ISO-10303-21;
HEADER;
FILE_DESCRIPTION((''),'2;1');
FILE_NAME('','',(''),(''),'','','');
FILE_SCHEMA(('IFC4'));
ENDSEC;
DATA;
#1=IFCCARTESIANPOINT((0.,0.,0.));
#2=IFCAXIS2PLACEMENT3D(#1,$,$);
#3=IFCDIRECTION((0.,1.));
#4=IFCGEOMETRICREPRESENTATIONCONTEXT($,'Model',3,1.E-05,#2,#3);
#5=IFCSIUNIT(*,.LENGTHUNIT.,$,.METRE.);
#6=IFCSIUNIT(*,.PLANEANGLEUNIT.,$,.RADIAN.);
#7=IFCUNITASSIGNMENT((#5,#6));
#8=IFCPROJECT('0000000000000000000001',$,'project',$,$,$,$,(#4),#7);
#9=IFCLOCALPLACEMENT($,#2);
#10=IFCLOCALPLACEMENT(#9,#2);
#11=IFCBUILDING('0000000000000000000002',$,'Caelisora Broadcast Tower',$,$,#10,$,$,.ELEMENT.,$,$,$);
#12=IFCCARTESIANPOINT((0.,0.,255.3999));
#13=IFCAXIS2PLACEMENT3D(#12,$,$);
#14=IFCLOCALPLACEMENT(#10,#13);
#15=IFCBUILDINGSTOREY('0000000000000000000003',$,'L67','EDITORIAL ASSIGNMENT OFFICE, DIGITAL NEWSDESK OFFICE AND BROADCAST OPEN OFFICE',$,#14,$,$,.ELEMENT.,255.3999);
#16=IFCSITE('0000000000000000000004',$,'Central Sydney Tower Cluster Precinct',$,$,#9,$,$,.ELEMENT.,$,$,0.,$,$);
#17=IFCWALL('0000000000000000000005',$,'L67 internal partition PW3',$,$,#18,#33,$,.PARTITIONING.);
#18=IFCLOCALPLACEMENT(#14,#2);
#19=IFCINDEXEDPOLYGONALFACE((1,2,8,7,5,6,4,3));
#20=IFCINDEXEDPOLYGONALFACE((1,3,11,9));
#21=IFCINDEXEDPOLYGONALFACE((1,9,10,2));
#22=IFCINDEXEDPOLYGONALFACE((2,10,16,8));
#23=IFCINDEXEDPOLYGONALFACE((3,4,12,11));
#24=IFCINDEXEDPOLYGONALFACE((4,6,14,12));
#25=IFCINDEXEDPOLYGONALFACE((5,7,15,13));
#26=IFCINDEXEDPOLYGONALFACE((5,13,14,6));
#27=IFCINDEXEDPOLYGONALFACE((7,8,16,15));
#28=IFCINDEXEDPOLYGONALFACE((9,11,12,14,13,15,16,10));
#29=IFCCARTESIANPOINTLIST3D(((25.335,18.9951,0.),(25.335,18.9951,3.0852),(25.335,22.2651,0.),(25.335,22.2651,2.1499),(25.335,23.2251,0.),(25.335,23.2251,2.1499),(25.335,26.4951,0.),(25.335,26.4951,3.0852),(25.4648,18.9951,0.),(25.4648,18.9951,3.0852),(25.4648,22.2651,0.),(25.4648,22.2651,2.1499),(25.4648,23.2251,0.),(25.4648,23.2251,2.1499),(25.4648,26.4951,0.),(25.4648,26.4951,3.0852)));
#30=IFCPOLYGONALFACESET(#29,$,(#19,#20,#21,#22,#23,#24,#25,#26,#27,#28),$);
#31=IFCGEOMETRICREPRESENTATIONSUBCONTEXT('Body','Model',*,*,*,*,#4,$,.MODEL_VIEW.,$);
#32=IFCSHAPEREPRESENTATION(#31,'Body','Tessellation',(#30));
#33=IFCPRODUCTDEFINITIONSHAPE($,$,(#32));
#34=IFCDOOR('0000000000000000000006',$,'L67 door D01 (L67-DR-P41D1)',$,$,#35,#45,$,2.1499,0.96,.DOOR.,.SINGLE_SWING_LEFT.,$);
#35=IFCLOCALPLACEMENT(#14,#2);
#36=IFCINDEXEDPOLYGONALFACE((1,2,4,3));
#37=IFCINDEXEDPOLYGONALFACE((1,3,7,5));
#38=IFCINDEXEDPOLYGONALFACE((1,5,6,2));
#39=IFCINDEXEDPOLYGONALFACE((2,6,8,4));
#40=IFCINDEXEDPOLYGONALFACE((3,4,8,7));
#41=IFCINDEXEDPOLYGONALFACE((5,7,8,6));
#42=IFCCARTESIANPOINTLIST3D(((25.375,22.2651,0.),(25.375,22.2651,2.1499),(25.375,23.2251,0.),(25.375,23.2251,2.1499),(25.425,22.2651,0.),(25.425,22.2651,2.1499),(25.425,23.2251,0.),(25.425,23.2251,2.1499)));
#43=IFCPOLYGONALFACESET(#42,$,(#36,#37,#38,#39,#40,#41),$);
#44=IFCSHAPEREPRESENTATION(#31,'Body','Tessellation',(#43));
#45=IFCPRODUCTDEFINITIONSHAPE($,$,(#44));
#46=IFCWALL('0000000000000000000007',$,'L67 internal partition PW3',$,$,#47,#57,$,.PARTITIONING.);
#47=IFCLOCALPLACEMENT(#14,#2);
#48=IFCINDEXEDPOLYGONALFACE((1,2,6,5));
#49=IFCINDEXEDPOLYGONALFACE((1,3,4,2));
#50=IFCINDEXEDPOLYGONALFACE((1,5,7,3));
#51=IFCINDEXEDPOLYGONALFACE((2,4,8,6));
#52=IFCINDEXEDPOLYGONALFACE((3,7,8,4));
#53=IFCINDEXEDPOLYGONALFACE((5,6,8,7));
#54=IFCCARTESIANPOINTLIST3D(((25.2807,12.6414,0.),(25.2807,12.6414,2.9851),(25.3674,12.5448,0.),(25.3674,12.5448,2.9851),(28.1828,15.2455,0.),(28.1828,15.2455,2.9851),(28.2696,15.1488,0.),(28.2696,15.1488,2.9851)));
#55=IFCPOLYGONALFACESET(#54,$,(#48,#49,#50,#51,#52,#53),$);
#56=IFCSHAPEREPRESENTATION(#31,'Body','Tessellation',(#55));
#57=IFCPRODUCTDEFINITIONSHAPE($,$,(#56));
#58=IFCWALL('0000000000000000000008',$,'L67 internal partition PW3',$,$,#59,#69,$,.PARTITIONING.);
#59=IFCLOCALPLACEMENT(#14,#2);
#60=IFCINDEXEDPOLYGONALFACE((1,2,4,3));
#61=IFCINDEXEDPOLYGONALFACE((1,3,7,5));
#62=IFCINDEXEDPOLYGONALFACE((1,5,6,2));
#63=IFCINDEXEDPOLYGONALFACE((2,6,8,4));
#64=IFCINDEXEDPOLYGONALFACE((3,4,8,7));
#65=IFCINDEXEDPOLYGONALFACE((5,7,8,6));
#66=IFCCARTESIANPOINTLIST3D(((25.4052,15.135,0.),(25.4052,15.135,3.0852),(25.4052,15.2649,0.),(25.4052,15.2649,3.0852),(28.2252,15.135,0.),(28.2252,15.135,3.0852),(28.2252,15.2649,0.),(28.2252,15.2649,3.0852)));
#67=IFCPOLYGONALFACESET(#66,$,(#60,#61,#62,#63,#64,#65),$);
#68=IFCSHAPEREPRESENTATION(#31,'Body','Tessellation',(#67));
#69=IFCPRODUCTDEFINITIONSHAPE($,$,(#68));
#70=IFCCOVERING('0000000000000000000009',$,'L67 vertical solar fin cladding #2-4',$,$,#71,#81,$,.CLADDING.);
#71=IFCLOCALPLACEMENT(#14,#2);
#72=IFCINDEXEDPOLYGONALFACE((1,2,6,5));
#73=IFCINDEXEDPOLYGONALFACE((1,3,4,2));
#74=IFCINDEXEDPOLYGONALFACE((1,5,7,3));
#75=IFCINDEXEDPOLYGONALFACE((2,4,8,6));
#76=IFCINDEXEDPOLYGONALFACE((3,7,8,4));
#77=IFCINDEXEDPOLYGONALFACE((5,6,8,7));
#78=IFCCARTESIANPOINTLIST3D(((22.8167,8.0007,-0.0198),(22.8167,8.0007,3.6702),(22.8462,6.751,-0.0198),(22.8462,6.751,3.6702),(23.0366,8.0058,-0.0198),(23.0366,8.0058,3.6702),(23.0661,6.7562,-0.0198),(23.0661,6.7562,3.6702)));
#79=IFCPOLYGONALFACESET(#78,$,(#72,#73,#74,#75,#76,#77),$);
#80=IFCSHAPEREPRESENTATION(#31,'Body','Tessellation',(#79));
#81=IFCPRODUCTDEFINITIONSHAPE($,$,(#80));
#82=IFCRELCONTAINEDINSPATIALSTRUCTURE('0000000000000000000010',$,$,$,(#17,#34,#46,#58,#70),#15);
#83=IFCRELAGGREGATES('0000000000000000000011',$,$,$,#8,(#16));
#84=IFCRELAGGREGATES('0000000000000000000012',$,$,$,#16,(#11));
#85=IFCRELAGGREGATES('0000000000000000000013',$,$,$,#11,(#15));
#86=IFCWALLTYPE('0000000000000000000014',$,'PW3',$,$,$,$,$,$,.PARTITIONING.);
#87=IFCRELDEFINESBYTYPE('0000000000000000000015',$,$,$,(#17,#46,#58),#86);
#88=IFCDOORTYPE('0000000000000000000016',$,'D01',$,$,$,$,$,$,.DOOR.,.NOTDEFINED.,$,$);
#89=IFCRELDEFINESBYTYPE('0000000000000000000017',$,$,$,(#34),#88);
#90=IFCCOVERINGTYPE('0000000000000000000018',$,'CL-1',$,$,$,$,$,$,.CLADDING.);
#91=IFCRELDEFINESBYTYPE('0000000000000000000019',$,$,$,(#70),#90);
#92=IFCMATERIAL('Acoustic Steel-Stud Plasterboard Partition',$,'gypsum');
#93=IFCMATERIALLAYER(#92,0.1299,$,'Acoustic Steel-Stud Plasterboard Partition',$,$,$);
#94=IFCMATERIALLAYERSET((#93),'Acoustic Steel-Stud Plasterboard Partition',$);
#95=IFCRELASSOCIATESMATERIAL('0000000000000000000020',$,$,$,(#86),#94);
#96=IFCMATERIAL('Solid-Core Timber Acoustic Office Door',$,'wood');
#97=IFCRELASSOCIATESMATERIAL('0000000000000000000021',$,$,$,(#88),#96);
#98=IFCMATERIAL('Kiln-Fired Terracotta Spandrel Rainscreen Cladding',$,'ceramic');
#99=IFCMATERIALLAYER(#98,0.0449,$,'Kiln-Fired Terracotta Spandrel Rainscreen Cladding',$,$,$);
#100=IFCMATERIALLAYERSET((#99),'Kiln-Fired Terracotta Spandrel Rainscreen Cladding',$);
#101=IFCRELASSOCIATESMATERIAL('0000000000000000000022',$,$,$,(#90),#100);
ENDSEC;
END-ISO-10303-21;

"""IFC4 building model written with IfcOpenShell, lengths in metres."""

from ifc_helpers import new_model, si_unit, direction, frame, frame_2d, origin, origin_2d, place, context, subcontext, project, spatial, rectangle, extrude, source, transform, mapped, material, layer, layer_set, type_object, type_shapes, element, fill, save


model = new_model("IFC4")

# Units and contexts
model_context = context("Model", 3, precision=1e-05, world=origin(), true_north=direction((0.0, 1.0)))
body_context = subcontext(model_context, "Body", "Model", "MODEL_VIEW")
ifc_project = project(units=[si_unit("LENGTHUNIT", "METRE"), si_unit("PLANEANGLEUNIT", "RADIAN")], contexts=[model_context])

# Site, building, storey
site_placement = place(None, origin())
site = spatial("IfcSite", under=ifc_project, at=site_placement, Name="Central Sydney Tower Cluster Precinct", CompositionType="ELEMENT", RefElevation=0.0)
building_placement = place(site_placement, origin())
building = spatial("IfcBuilding", under=site, at=building_placement, Name="Caelisora Broadcast Tower", CompositionType="ELEMENT")
storey_placement = place(building_placement, frame((0.0, 0.0, 255.3999)))
storey = spatial("IfcBuildingStorey", under=building, at=storey_placement, Name="L67", Description="EDITORIAL ASSIGNMENT OFFICE, DIGITAL NEWSDESK OFFICE AND BROADCAST OPEN OFFICE", CompositionType="ELEMENT", Elevation=255.3999)

# Wall, opening, door
ifc_material_1 = material(Name="Acoustic Steel-Stud Plasterboard Partition", Category="gypsum")
ifc_layer_1 = layer(ifc_material_1, 0.1299, Name="Acoustic Steel-Stud Plasterboard Partition")
ifc_layer_set_1 = layer_set([ifc_layer_1], Name="Acoustic Steel-Stud Plasterboard Partition")
wall_type = type_object("IfcWallType", Name="PW3", PredefinedType="PARTITIONING", material=ifc_layer_set_1)
ifc_material_2 = material(Name="Solid-Core Timber Acoustic Office Door", Category="wood")
door_type = type_object("IfcDoorType", Name="D01", OperationType="NOTDEFINED", PredefinedType="DOOR", material=ifc_material_2)
wall_1_placement = place(storey_placement, frame((25.3999, 18.9951, 0.0), z_axis=(0.0, 0.0, 1.0), x_axis=(0.0, 1.0, 0.0)))
wall_1 = element("IfcWall", 1, at=wall_1_placement, inside=storey, type_object=wall_type, Name="L67 internal partition PW3", PredefinedType="PARTITIONING", context=body_context, shape_type="SweptSolid", body=[
    extrude(rectangle(XDim=7.5, YDim=0.1299, at=frame_2d((3.75, 0.0))), origin(), (0.0, 0.0, 1.0), 3.0852),
])
opening_1_placement = place(wall_1_placement, frame((3.27, 0.0, 0.0)))
opening_1 = element("IfcOpeningElement", 2, at=opening_1_placement, cuts=wall_1, PredefinedType="OPENING", context=body_context, shape_type="SweptSolid", body=[
    extrude(rectangle(XDim=0.96, YDim=2.1499, at=frame_2d((0.48, 1.075))), frame((0.0, 0.0769, 0.0), z_axis=(0.0, -1.0, 0.0), x_axis=(1.0, 0.0, 0.0)), (0.0, 0.0, 1.0), 0.1538),
])
door_1_placement = place(opening_1_placement, origin())
door_1 = element("IfcDoor", 3, at=door_1_placement, inside=storey, type_object=door_type, Name="L67 door D01 (L67-DR-P41D1)", OperationType="SINGLE_SWING_LEFT", OverallHeight=2.1499, OverallWidth=0.96, PredefinedType="DOOR", context=body_context, shape_type="SweptSolid", body=[
    extrude(rectangle(XDim=0.96, YDim=2.1499, at=frame_2d((0.48, 1.075))), frame((0.0, 0.0249, 0.0), z_axis=(0.0, -1.0, 0.0), x_axis=(1.0, 0.0, 0.0)), (0.0, 0.0, 1.0), 0.05),
])
fill(opening_1, door_1)

# Wall
wall_2_placement = place(storey_placement, frame((25.324, 12.593, 0.0), z_axis=(0.0, 0.0, 1.0), x_axis=(0.744299, 0.667847, 0.0)))
element("IfcWall", 4, at=wall_2_placement, inside=storey, type_object=wall_type, Name="L67 internal partition PW3", PredefinedType="PARTITIONING", context=body_context, shape_type="SweptSolid", body=[
    extrude(rectangle(XDim=3.8992, YDim=0.1299, at=frame_2d((1.9497, 0.0))), origin(), (0.0, 0.0, 1.0), 2.9851),
])

# Wall
wall_3_placement = place(storey_placement, frame((25.405, 15.2, 0.0), z_axis=(0.0, 0.0, 1.0), x_axis=(1.0, 0.0, 0.0)))
element("IfcWall", 5, at=wall_3_placement, inside=storey, type_object=wall_type, Name="L67 internal partition PW3", PredefinedType="PARTITIONING", context=body_context, shape_type="SweptSolid", body=[
    extrude(rectangle(XDim=2.8201, YDim=0.1299, at=frame_2d((1.4102, 0.0))), origin(), (0.0, 0.0, 1.0), 3.0852),
])

# Covering
ifc_material_3 = material(Name="Kiln-Fired Terracotta Spandrel Rainscreen Cladding", Category="ceramic")
ifc_layer_2 = layer(ifc_material_3, 0.0449, Name="Kiln-Fired Terracotta Spandrel Rainscreen Cladding")
ifc_layer_set_2 = layer_set([ifc_layer_2], Name="Kiln-Fired Terracotta Spandrel Rainscreen Cladding")
covering_type = type_object("IfcCoveringType", Name="CL-1", PredefinedType="CLADDING", material=ifc_layer_set_2)
shared_shape_1 = source(origin(), body_context, "Body", "SweptSolid", [
    extrude(rectangle(XDim=0.22, YDim=1.25, at=origin_2d()), origin(), (0.0, 0.0, 1.0), 3.6899),
])
type_shapes(covering_type, [shared_shape_1])
covering_placement = place(storey_placement, frame((22.9414, 7.3784, -0.0198), z_axis=(0.0, 0.0, 1.0), x_axis=(-0.999722, -0.02356, 0.0)))
element("IfcCovering", 6, at=covering_placement, inside=storey, type_object=covering_type, Name="L67 vertical solar fin cladding #2-4", PredefinedType="CLADDING", context=body_context, shape_type="MappedRepresentation", body=[
    mapped(shared_shape_1, transform((0.0, 0.0, 0.0), scale=1.0)),
])

save(model, "model.ifc")
